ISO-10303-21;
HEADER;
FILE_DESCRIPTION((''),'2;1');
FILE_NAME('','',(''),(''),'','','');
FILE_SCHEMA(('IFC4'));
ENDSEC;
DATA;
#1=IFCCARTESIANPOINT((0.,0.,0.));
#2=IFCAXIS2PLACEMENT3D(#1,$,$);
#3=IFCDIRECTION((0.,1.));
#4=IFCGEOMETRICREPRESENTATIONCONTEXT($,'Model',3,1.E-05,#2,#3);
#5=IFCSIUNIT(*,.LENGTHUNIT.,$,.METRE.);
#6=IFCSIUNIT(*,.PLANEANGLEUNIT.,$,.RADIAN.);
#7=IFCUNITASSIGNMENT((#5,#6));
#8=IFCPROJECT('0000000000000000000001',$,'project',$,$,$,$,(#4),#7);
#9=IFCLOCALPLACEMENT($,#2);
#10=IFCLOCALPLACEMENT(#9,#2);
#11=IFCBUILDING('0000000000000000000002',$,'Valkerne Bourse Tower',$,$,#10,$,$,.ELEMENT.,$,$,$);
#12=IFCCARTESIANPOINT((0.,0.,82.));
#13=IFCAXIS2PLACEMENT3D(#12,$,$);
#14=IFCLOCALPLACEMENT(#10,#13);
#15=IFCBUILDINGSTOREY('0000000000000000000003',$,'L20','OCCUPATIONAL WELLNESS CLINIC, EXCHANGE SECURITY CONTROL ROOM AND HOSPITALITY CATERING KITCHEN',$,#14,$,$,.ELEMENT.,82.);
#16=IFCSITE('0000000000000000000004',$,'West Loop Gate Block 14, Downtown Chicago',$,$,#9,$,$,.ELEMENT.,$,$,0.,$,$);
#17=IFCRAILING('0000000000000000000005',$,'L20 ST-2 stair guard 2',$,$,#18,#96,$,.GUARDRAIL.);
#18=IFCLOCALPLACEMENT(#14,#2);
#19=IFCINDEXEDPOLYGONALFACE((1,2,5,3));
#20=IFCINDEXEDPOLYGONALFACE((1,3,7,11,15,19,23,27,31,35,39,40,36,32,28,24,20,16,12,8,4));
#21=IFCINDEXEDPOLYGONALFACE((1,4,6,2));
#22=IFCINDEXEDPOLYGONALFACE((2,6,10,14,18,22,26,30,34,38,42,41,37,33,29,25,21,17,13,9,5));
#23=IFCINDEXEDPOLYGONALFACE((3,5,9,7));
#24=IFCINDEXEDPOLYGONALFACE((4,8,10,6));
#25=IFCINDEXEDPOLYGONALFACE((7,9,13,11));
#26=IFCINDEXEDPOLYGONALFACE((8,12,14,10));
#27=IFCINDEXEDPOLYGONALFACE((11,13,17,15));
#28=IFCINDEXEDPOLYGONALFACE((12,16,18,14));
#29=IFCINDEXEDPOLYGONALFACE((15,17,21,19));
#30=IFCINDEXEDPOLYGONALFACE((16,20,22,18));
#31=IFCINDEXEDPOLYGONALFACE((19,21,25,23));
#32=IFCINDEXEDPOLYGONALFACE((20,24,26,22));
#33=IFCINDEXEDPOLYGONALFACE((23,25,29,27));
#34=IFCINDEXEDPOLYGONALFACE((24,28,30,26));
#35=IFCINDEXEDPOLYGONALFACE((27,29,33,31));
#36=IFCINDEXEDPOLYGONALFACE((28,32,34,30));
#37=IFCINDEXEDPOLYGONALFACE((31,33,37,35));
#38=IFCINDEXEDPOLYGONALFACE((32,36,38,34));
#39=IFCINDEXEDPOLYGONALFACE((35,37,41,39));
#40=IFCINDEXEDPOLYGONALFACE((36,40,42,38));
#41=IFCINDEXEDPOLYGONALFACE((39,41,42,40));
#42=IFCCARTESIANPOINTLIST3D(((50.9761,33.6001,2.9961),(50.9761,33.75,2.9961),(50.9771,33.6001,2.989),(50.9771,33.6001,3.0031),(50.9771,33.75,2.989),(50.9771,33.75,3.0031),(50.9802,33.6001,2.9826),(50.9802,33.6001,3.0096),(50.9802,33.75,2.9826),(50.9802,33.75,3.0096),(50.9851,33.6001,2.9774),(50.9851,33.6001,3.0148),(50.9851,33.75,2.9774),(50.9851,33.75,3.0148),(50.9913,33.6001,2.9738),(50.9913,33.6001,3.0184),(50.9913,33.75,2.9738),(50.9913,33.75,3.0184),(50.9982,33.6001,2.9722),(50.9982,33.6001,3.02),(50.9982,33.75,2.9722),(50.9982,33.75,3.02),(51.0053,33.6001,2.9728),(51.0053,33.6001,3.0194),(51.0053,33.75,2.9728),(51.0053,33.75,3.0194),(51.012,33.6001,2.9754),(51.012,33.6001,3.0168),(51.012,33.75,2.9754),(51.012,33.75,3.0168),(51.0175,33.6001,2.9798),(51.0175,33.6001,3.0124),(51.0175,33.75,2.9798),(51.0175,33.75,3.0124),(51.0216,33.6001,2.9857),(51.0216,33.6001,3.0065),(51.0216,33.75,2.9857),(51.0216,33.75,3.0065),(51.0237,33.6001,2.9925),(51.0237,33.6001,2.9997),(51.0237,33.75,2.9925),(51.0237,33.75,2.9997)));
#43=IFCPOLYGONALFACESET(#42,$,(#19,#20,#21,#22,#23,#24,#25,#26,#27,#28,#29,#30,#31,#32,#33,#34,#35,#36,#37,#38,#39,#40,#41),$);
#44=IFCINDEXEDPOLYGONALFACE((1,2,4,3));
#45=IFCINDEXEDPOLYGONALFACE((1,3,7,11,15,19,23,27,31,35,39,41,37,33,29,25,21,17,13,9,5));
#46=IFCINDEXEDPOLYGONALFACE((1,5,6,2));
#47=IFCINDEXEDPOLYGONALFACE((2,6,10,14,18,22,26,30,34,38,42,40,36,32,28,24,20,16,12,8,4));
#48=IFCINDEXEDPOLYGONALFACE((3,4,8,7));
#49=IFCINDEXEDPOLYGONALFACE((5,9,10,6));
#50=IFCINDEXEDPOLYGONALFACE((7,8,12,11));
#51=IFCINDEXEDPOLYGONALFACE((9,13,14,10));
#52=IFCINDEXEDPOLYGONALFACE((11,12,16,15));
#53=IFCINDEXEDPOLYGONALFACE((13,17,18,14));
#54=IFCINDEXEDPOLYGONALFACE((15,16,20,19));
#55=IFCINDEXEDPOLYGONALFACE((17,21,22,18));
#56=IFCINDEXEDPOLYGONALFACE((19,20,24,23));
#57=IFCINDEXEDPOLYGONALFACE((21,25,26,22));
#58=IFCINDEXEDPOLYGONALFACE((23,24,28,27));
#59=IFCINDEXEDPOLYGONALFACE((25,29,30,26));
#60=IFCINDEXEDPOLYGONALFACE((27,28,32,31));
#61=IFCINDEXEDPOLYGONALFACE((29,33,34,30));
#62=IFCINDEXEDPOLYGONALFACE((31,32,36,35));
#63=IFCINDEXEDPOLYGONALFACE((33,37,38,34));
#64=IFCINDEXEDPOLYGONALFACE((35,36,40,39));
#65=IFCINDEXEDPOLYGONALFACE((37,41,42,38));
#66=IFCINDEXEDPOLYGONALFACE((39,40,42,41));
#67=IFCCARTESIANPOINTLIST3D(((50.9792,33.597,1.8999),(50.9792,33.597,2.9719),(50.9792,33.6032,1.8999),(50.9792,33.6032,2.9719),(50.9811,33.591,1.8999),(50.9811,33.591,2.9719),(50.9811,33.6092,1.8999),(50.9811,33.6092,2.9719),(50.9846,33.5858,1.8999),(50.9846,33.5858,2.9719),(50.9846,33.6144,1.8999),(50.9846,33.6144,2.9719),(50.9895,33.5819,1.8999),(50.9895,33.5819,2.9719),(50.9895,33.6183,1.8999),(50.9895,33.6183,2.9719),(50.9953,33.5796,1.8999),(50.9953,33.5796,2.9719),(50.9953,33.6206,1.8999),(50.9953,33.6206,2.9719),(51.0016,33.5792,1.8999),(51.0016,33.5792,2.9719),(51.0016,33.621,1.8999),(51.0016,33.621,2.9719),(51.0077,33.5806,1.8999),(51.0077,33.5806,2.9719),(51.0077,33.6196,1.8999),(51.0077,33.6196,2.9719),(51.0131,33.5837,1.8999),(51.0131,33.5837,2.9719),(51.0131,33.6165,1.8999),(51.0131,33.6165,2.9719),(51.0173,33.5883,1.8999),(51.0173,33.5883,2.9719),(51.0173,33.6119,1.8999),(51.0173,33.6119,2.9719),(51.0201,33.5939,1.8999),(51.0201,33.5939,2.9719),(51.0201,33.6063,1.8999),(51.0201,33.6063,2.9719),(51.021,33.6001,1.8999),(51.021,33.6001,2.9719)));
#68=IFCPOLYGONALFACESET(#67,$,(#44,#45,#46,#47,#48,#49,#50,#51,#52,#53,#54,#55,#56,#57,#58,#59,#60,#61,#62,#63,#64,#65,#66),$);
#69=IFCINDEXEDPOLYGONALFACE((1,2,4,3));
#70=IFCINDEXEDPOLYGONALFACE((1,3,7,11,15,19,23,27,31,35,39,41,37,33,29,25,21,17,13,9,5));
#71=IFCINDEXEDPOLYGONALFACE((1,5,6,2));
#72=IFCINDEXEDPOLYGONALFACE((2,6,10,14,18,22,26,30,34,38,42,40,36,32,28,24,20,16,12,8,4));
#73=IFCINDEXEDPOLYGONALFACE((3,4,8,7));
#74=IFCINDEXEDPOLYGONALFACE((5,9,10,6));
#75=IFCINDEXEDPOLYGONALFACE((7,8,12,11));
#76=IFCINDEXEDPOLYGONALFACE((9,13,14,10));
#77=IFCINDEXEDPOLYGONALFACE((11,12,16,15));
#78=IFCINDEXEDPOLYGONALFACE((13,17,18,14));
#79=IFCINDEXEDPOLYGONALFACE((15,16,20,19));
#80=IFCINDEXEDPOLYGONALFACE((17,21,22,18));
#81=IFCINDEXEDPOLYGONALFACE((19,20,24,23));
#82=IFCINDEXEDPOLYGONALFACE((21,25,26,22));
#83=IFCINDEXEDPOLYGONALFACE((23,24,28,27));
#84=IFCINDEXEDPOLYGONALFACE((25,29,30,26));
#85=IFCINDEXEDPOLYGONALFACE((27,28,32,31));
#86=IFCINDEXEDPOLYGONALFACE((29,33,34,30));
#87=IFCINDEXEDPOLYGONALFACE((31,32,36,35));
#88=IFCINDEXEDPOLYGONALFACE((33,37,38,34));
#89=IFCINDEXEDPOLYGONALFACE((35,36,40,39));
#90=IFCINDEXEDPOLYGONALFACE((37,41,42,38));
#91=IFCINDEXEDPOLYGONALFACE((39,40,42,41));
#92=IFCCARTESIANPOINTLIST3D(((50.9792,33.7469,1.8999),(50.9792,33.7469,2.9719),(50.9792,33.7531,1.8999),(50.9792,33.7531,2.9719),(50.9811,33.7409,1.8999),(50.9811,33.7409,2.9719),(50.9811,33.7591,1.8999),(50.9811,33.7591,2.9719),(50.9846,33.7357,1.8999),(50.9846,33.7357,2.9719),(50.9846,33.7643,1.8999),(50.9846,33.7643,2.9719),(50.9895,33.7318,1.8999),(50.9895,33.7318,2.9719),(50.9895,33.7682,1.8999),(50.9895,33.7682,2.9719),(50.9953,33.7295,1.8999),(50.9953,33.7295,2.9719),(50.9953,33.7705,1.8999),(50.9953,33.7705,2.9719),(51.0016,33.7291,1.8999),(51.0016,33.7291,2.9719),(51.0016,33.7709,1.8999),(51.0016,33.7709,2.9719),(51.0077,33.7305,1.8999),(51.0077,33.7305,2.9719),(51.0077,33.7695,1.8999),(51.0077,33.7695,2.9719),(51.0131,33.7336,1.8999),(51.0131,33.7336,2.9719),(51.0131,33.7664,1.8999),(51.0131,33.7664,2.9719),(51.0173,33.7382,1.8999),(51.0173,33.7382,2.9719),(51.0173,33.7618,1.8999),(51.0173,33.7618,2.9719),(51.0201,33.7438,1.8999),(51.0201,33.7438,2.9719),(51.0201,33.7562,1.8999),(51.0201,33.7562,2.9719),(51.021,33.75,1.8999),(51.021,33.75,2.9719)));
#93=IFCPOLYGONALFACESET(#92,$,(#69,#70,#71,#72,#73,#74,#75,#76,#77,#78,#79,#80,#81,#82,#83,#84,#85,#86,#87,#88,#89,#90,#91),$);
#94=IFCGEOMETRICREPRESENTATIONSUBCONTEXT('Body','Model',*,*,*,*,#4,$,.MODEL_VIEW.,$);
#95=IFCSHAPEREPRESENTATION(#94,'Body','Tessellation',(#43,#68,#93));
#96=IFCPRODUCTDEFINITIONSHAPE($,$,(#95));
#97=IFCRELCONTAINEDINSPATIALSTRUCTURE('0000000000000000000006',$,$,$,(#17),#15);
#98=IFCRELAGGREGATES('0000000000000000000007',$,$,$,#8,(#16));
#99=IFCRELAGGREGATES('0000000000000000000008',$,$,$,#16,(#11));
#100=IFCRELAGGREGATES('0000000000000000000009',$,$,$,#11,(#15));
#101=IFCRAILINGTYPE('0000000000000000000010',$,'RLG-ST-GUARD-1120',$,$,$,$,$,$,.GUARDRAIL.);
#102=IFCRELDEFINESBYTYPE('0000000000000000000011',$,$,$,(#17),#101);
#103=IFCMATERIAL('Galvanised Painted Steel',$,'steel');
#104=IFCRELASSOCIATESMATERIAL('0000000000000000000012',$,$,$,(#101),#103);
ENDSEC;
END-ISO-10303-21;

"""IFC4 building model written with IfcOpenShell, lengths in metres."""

from ifc_helpers import new_model, si_unit, direction, frame, origin, origin_2d, place, context, subcontext, project, spatial, circle, extrude, material, type_object, element, save


model = new_model("IFC4")

# Units and contexts
model_context = context("Model", 3, precision=1e-05, world=origin(), true_north=direction((0.0, 1.0)))
body_context = subcontext(model_context, "Body", "Model", "MODEL_VIEW")
ifc_project = project(units=[si_unit("LENGTHUNIT", "METRE"), si_unit("PLANEANGLEUNIT", "RADIAN")], contexts=[model_context])

# Site, building, storey
site_placement = place(None, origin())
site = spatial("IfcSite", under=ifc_project, at=site_placement, Name="West Loop Gate Block 14, Downtown Chicago", CompositionType="ELEMENT", RefElevation=0.0)
building_placement = place(site_placement, origin())
building = spatial("IfcBuilding", under=site, at=building_placement, Name="Valkerne Bourse Tower", CompositionType="ELEMENT")
storey_placement = place(building_placement, frame((0.0, 0.0, 82.0)))
storey = spatial("IfcBuildingStorey", under=building, at=storey_placement, Name="L20", Description="OCCUPATIONAL WELLNESS CLINIC, EXCHANGE SECURITY CONTROL ROOM AND HOSPITALITY CATERING KITCHEN", CompositionType="ELEMENT", Elevation=82.0)

# Railing
ifc_material_1 = material(Name="Galvanised Painted Steel", Category="steel")
railing_type_1 = type_object("IfcRailingType", Name="RLG-ST-GUARD-1120", PredefinedType="GUARDRAIL", material=ifc_material_1)
railing_1_placement = place(storey_placement, frame((51.0, 33.6001, 1.8999)))
element("IfcRailing", 1, at=railing_1_placement, inside=storey, type_object=railing_type_1, Name="L20 ST-2 stair guard 2", PredefinedType="GUARDRAIL", context=body_context, shape_type="SweptSolid", body=[
    extrude(circle(Radius=0.0239, at=origin_2d()), frame((0.0, 0.0, 1.0962), z_axis=(0.0, 1.0, 0.0), x_axis=(-1.0, 0.0, 0.0)), (0.0, 0.0, 1.0), 0.1499),
    extrude(circle(Radius=0.021, at=origin_2d()), origin(), (0.0, 0.0, 1.0), 1.072),
    extrude(circle(Radius=0.021, at=origin_2d()), frame((0.0, 0.1499, 0.0)), (0.0, 0.0, 1.0), 1.072),
])

save(model, "model.ifc")
